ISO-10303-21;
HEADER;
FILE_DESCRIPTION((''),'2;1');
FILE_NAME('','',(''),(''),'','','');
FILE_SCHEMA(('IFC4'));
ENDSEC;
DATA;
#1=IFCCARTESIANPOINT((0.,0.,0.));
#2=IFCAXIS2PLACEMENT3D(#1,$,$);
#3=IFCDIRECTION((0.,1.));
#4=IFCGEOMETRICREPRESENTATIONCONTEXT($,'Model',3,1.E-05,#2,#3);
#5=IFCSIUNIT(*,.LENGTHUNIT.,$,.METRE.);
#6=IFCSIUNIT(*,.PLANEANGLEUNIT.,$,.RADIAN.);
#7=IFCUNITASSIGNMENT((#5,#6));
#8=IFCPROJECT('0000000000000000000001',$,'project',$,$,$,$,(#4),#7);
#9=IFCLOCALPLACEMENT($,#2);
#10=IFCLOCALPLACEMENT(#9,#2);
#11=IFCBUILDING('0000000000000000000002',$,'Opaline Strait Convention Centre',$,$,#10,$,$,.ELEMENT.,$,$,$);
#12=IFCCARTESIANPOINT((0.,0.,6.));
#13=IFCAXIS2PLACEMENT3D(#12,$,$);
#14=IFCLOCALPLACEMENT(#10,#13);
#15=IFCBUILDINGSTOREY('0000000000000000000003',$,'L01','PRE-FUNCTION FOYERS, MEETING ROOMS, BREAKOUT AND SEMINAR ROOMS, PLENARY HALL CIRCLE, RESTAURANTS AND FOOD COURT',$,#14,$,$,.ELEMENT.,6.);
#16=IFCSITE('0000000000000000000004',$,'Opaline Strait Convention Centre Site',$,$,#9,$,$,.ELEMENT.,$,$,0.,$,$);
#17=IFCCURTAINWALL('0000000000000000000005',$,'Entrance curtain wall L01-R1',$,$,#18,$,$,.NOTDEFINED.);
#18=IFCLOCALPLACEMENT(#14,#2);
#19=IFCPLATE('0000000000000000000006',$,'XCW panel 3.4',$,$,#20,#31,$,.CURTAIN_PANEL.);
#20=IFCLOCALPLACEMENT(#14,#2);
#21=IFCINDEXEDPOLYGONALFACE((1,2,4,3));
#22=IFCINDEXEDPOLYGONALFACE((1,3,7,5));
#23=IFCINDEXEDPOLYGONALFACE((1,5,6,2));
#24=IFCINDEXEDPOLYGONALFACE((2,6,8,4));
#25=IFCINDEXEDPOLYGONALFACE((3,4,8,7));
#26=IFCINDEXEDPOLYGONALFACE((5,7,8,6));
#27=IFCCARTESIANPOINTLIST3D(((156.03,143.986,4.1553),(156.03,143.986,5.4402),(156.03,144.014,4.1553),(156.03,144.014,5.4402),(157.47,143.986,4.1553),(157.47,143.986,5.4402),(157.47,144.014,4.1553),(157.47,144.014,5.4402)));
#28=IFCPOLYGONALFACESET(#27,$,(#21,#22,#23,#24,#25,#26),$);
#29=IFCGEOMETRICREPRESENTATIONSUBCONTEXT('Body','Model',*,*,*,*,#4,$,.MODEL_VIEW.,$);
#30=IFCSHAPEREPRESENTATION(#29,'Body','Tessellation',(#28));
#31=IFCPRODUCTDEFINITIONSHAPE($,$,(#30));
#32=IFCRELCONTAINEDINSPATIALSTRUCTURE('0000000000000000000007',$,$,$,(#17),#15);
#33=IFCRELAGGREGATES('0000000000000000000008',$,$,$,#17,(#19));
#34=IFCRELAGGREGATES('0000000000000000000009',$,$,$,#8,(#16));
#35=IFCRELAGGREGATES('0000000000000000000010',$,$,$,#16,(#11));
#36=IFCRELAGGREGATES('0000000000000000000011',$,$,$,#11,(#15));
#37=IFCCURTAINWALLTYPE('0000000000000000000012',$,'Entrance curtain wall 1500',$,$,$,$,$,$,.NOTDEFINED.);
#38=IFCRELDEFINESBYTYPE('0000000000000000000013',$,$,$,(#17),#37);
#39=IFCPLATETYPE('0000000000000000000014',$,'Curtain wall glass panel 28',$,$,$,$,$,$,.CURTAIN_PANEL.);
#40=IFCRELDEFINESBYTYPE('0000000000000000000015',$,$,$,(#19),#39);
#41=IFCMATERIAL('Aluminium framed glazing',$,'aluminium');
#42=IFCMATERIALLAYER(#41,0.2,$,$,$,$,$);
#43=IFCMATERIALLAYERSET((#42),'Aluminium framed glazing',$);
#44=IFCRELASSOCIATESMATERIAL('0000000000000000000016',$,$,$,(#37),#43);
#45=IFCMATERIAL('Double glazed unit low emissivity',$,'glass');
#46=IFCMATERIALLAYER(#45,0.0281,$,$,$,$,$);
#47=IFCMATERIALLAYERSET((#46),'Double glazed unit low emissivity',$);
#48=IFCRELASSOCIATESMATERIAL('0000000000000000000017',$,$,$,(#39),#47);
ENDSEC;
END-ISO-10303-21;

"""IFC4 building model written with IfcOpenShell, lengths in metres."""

from ifc_helpers import new_model, si_unit, direction, frame, origin, origin_2d, place, context, subcontext, project, spatial, rectangle, extrude, material, layer, layer_set, type_object, element, aggregate, save


model = new_model("IFC4")

# Units and contexts
model_context = context("Model", 3, precision=1e-05, world=origin(), true_north=direction((0.0, 1.0)))
body_context = subcontext(model_context, "Body", "Model", "MODEL_VIEW")
ifc_project = project(units=[si_unit("LENGTHUNIT", "METRE"), si_unit("PLANEANGLEUNIT", "RADIAN")], contexts=[model_context])

# Site, building, storey
site_placement = place(None, origin())
site = spatial("IfcSite", under=ifc_project, at=site_placement, Name="Opaline Strait Convention Centre Site", CompositionType="ELEMENT", RefElevation=0.0)
building_placement = place(site_placement, origin())
building = spatial("IfcBuilding", under=site, at=building_placement, Name="Opaline Strait Convention Centre", CompositionType="ELEMENT")
storey_placement = place(building_placement, frame((0.0, 0.0, 6.0)))
storey = spatial("IfcBuildingStorey", under=building, at=storey_placement, Name="L01", Description="PRE-FUNCTION FOYERS, MEETING ROOMS, BREAKOUT AND SEMINAR ROOMS, PLENARY HALL CIRCLE, RESTAURANTS AND FOOD COURT", CompositionType="ELEMENT", Elevation=6.0)

# Curtain wall, plate
ifc_material_1 = material(Name="Aluminium framed glazing", Category="aluminium")
ifc_layer_1 = layer(ifc_material_1, 0.2)
ifc_layer_set_1 = layer_set([ifc_layer_1], Name="Aluminium framed glazing")
curtain_wall_type = type_object("IfcCurtainWallType", Name="Entrance curtain wall 1500", PredefinedType="NOTDEFINED", material=ifc_layer_set_1)
curtain_wall_placement = place(storey_placement, origin())
curtain_wall = element("IfcCurtainWall", 1, at=curtain_wall_placement, inside=storey, type_object=curtain_wall_type, Name="Entrance curtain wall L01-R1", PredefinedType="NOTDEFINED")
ifc_material_2 = material(Name="Double glazed unit low emissivity", Category="glass")
ifc_layer_2 = layer(ifc_material_2, 0.0281)
ifc_layer_set_2 = layer_set([ifc_layer_2], Name="Double glazed unit low emissivity")
plate_type = type_object("IfcPlateType", Name="Curtain wall glass panel 28", PredefinedType="CURTAIN_PANEL", material=ifc_layer_set_2)
plate_1_placement = place(storey_placement, frame((156.75, 144.0, 4.1553), z_axis=(0.0, 0.0, 1.0), x_axis=(1.0, 0.0, 0.0)))
plate_1 = element("IfcPlate", 2, at=plate_1_placement, type_object=plate_type, Name="XCW panel 3.4", PredefinedType="CURTAIN_PANEL", context=body_context, shape_type="SweptSolid", body=[
    extrude(rectangle(XDim=1.4399, YDim=0.0281, at=origin_2d()), origin(), (0.0, 0.0, 1.0), 1.2849),
])
aggregate(curtain_wall, [plate_1])

save(model, "model.ifc")
